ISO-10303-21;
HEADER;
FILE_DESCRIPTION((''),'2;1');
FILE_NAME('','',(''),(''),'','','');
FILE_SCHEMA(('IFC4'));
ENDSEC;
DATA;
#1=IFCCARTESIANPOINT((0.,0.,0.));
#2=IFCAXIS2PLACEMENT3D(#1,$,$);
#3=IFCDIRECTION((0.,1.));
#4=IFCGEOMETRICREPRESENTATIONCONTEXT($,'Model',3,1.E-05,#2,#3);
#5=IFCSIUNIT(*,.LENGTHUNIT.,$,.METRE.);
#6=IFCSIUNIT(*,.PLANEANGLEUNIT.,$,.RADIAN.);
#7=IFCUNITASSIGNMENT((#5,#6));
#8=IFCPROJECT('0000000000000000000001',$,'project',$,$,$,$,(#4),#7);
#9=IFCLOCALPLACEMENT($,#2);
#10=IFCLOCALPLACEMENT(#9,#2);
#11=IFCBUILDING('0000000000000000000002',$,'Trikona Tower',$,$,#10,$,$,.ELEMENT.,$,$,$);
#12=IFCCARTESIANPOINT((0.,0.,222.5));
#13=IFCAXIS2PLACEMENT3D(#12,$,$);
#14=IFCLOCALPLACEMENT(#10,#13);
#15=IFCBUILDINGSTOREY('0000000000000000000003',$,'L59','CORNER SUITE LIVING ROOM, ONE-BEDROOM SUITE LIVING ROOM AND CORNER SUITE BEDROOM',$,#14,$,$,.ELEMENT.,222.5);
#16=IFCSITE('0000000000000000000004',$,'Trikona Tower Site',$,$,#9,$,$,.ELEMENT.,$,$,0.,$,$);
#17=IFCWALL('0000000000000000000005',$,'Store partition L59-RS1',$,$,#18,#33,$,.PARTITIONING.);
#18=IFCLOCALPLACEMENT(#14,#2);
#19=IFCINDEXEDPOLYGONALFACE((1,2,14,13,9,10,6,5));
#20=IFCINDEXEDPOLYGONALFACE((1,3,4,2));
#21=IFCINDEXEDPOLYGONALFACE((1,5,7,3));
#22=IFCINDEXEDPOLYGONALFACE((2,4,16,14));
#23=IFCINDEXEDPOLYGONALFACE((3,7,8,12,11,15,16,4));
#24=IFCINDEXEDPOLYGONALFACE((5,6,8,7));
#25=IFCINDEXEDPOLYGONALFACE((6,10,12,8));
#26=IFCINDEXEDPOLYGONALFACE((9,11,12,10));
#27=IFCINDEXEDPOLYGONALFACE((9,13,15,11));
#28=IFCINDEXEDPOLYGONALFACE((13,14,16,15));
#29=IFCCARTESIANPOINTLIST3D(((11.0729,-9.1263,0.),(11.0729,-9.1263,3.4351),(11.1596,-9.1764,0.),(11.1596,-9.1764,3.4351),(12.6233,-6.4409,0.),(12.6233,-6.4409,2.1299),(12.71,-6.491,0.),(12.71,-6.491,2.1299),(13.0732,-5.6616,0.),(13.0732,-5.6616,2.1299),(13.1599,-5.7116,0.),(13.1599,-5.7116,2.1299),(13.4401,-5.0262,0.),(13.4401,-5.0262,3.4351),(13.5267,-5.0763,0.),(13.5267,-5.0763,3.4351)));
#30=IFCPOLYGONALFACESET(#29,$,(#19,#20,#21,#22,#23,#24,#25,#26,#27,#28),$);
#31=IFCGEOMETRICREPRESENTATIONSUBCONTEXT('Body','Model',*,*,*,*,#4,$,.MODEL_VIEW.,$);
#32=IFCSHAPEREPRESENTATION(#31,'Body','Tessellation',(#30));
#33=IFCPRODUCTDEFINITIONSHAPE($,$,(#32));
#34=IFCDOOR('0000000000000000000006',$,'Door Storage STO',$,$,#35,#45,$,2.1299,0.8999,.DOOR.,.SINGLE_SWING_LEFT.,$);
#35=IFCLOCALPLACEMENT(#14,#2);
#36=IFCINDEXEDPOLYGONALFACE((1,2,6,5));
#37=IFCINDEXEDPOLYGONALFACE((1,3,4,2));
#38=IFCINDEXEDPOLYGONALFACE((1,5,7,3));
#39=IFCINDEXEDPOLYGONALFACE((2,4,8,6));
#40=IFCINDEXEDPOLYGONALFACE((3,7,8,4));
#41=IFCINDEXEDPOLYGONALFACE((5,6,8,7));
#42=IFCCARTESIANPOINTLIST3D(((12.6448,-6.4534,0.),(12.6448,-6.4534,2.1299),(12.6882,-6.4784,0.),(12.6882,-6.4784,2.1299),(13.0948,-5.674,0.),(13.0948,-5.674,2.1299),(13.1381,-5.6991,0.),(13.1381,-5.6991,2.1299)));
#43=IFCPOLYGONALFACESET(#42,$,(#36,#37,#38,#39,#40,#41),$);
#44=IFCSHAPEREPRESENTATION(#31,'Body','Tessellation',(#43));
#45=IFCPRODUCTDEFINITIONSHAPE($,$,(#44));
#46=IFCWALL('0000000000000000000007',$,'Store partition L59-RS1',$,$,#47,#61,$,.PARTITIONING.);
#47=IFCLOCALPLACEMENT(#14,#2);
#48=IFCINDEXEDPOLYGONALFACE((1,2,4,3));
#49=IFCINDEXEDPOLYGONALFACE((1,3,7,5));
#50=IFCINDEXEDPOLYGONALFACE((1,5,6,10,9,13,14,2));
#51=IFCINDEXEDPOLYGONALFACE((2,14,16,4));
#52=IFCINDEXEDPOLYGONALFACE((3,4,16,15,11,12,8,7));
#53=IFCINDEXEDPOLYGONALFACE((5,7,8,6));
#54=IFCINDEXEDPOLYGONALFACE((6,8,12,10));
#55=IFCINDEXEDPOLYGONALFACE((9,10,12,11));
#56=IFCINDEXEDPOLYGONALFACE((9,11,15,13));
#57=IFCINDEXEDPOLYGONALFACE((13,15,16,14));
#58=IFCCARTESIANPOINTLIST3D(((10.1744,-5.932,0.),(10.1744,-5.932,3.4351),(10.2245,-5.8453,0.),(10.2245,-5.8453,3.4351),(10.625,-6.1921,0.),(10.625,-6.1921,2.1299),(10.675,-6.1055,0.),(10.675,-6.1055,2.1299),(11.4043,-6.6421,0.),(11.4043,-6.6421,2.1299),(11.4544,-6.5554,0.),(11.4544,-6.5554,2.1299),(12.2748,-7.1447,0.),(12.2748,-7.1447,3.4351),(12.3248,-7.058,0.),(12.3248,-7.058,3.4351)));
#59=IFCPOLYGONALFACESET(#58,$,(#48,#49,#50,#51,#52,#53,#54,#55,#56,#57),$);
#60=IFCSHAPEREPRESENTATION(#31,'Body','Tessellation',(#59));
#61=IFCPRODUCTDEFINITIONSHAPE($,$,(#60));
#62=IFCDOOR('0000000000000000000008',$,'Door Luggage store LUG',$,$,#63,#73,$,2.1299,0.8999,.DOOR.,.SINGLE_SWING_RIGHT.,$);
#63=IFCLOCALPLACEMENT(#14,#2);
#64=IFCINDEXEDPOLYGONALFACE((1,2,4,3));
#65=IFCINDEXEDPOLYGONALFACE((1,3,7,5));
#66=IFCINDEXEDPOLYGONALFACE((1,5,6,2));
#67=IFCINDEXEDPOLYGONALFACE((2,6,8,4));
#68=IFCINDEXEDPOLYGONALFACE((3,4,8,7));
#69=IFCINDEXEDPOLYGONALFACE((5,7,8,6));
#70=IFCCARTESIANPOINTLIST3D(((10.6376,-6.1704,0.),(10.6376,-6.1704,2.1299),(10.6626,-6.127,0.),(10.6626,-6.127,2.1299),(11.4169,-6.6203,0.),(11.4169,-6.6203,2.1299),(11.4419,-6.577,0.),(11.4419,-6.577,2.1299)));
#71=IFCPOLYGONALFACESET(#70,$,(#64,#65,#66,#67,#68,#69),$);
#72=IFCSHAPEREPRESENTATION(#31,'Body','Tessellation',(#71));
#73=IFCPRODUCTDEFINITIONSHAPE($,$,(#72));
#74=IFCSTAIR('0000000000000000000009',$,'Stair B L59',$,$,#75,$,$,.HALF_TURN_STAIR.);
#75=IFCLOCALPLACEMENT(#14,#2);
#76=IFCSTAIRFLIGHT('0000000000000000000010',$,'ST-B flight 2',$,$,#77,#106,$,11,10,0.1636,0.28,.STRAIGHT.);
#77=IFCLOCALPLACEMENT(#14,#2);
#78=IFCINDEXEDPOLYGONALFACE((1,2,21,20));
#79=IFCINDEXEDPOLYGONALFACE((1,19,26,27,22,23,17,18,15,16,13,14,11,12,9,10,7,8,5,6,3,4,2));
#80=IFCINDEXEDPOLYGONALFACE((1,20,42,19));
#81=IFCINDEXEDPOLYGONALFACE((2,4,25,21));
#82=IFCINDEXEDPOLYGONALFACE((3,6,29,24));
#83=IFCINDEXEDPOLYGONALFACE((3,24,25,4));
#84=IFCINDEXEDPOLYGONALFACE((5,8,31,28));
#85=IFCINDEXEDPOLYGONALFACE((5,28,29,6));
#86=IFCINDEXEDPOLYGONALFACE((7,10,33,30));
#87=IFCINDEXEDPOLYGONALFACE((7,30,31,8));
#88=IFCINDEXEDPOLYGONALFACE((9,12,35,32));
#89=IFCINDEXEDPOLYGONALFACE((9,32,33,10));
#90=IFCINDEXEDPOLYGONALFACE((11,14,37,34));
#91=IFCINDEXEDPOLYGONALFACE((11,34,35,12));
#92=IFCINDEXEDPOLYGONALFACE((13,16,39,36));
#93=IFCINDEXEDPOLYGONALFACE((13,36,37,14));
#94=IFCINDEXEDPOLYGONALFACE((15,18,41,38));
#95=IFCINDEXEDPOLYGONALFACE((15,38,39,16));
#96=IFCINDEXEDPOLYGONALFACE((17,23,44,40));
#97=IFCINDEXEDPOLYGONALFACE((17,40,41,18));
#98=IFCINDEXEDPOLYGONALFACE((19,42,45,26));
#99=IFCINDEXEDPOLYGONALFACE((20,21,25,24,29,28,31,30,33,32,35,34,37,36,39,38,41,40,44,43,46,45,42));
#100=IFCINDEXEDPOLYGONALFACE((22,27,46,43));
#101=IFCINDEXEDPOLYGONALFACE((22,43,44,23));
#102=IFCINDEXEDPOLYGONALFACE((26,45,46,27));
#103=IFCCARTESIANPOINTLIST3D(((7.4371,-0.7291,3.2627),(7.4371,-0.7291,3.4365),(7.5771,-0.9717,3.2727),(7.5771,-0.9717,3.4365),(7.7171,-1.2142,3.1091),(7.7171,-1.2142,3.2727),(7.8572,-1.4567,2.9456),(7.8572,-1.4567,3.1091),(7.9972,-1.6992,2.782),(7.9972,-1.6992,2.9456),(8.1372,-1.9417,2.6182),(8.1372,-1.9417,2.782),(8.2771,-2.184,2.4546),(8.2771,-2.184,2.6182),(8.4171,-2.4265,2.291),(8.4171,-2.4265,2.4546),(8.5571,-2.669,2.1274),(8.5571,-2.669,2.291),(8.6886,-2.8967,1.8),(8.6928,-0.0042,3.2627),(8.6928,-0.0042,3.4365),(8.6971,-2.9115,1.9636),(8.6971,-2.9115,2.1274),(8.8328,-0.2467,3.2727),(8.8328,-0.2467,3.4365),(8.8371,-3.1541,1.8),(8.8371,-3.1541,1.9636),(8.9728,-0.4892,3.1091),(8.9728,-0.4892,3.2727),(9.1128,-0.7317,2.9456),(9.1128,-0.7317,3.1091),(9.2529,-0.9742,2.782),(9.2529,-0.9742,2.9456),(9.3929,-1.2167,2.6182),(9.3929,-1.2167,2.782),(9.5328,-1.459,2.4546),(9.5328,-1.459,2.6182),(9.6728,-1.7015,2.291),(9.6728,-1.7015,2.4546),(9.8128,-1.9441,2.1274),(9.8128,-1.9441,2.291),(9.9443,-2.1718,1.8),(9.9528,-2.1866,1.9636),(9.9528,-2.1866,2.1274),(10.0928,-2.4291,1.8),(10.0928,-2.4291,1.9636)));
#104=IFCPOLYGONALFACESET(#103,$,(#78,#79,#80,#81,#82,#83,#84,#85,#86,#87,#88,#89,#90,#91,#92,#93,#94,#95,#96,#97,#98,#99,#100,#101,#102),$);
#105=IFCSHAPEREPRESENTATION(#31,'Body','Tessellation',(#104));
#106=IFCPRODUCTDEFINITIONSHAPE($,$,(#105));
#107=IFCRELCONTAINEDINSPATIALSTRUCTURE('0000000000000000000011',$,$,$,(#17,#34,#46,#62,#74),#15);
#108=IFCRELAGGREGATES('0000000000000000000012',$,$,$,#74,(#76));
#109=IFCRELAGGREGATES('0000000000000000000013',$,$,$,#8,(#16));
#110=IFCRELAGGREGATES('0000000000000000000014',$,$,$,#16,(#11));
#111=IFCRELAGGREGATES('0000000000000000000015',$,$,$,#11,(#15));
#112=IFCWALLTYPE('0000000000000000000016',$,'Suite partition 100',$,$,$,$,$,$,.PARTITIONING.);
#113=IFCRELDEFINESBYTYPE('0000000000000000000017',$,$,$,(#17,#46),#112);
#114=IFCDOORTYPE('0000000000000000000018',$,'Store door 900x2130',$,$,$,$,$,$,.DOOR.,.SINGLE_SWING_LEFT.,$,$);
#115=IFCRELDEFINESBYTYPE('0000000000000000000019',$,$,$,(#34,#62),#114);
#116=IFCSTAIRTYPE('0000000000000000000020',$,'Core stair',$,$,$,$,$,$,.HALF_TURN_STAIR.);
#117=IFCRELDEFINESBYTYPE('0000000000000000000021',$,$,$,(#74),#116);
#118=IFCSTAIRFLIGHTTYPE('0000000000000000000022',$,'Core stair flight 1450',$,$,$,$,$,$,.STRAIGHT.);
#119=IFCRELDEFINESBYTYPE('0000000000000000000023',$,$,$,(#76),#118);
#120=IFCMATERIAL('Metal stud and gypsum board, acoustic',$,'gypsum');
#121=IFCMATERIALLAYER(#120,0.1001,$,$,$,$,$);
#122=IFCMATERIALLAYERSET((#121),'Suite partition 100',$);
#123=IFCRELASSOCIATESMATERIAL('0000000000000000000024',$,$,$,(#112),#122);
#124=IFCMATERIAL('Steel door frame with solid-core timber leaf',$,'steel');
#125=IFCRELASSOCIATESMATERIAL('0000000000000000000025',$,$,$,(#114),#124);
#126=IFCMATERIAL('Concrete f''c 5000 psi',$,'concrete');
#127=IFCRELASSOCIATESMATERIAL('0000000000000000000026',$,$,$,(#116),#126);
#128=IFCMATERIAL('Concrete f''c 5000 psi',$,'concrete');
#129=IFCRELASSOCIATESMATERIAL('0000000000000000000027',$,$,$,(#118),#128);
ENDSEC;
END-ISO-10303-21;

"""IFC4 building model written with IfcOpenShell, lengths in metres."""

from ifc_helpers import new_model, si_unit, direction, frame, frame_2d, origin, place, context, subcontext, project, spatial, polyline, rectangle, outline, extrude, material, layer, layer_set, type_object, element, fill, aggregate, save


model = new_model("IFC4")

# Units and contexts
model_context = context("Model", 3, precision=1e-05, world=origin(), true_north=direction((0.0, 1.0)))
body_context = subcontext(model_context, "Body", "Model", "MODEL_VIEW")
ifc_project = project(units=[si_unit("LENGTHUNIT", "METRE"), si_unit("PLANEANGLEUNIT", "RADIAN")], contexts=[model_context])

# Site, building, storey
site_placement = place(None, origin())
site = spatial("IfcSite", under=ifc_project, at=site_placement, Name="Trikona Tower Site", CompositionType="ELEMENT", RefElevation=0.0)
building_placement = place(site_placement, origin())
building = spatial("IfcBuilding", under=site, at=building_placement, Name="Trikona Tower", CompositionType="ELEMENT")
storey_placement = place(building_placement, frame((0.0, 0.0, 222.5)))
storey = spatial("IfcBuildingStorey", under=building, at=storey_placement, Name="L59", Description="CORNER SUITE LIVING ROOM, ONE-BEDROOM SUITE LIVING ROOM AND CORNER SUITE BEDROOM", CompositionType="ELEMENT", Elevation=222.5)

# Walls, openings, doors
ifc_material_1 = material(Name="Metal stud and gypsum board, acoustic", Category="gypsum")
ifc_layer_1 = layer(ifc_material_1, 0.1001)
ifc_layer_set_1 = layer_set([ifc_layer_1], Name="Suite partition 100")
wall_type_1 = type_object("IfcWallType", Name="Suite partition 100", PredefinedType="PARTITIONING", material=ifc_layer_set_1)
wall_1_placement = place(storey_placement, frame((13.4834, -5.0513, 0.0), z_axis=(0.0, 0.0, 1.0), x_axis=(-0.499999, -0.866026, 0.0)))
wall_1 = element("IfcWall", 1, at=wall_1_placement, inside=storey, type_object=wall_type_1, Name="Store partition L59-RS1", PredefinedType="PARTITIONING", context=body_context, shape_type="SweptSolid", body=[
    extrude(rectangle(XDim=4.7344, YDim=0.1001, at=frame_2d((2.3672, 0.0))), origin(), (0.0, 0.0, 1.0), 3.4351),
])
opening_1_placement = place(wall_1_placement, frame((0.7336, 0.0, 0.0)))
opening_1 = element("IfcOpeningElement", 2, at=opening_1_placement, cuts=wall_1, PredefinedType="OPENING", context=body_context, shape_type="SweptSolid", body=[
    extrude(rectangle(XDim=0.8999, YDim=2.1299, at=frame_2d((0.45, 1.0649))), frame((0.0, 0.0601, 0.0), z_axis=(0.0, -1.0, 0.0), x_axis=(1.0, 0.0, 0.0)), (0.0, 0.0, 1.0), 0.1201),
])
ifc_material_2 = material(Name="Steel door frame with solid-core timber leaf", Category="steel")
door_type_1 = type_object("IfcDoorType", Name="Store door 900x2130", OperationType="SINGLE_SWING_LEFT", PredefinedType="DOOR", material=ifc_material_2)
door_1_placement = place(opening_1_placement, origin())
door_1 = element("IfcDoor", 3, at=door_1_placement, inside=storey, type_object=door_type_1, Name="Door Storage STO", OperationType="SINGLE_SWING_LEFT", OverallHeight=2.1299, OverallWidth=0.8999, PredefinedType="DOOR", context=body_context, shape_type="SweptSolid", body=[
    extrude(rectangle(XDim=0.8999, YDim=2.1299, at=frame_2d((0.45, 1.0649))), frame((0.0, 0.0249, 0.0), z_axis=(0.0, -1.0, 0.0), x_axis=(1.0, 0.0, 0.0)), (0.0, 0.0, 1.0), 0.05),
])
fill(opening_1, door_1)
wall_2_placement = place(storey_placement, frame((12.2998, -7.1013, 0.0), z_axis=(0.0, 0.0, 1.0), x_axis=(-0.866023, 0.500004, 0.0)))
wall_2 = element("IfcWall", 4, at=wall_2_placement, inside=storey, type_object=wall_type_1, Name="Store partition L59-RS1", PredefinedType="PARTITIONING", context=body_context, shape_type="SweptSolid", body=[
    extrude(rectangle(XDim=2.4253, YDim=0.1001, at=frame_2d((1.2126, 0.0))), origin(), (0.0, 0.0, 1.0), 3.4351),
])
opening_2_placement = place(wall_2_placement, frame((1.0051, 0.0, 0.0)))
opening_2 = element("IfcOpeningElement", 5, at=opening_2_placement, cuts=wall_2, PredefinedType="OPENING", context=body_context, shape_type="SweptSolid", body=[
    extrude(rectangle(XDim=0.8999, YDim=2.1299, at=frame_2d((0.45, 1.0649))), frame((0.0, 0.0601, 0.0), z_axis=(0.0, -1.0, 0.0), x_axis=(1.0, 0.0, 0.0)), (0.0, 0.0, 1.0), 0.1201),
])
door_2_placement = place(opening_2_placement, origin())
door_2 = element("IfcDoor", 6, at=door_2_placement, inside=storey, type_object=door_type_1, Name="Door Luggage store LUG", OperationType="SINGLE_SWING_RIGHT", OverallHeight=2.1299, OverallWidth=0.8999, PredefinedType="DOOR", context=body_context, shape_type="SweptSolid", body=[
    extrude(rectangle(XDim=0.8999, YDim=2.1299, at=frame_2d((0.45, 1.0649))), frame((0.0, 0.0249, 0.0), z_axis=(0.0, -1.0, 0.0), x_axis=(1.0, 0.0, 0.0)), (0.0, 0.0, 1.0), 0.05),
])
fill(opening_2, door_2)

# Stair, stair flight
ifc_material_3 = material(Name="Concrete f'c 5000 psi", Category="concrete")
stair_type = type_object("IfcStairType", Name="Core stair", PredefinedType="HALF_TURN_STAIR", material=ifc_material_3)
stair_placement = place(storey_placement, origin())
stair = element("IfcStair", 7, at=stair_placement, inside=storey, type_object=stair_type, Name="Stair B L59", PredefinedType="HALF_TURN_STAIR")
ifc_material_4 = material(Name="Concrete f'c 5000 psi", Category="concrete")
stair_flight_type = type_object("IfcStairFlightType", Name="Core stair flight 1450", PredefinedType="STRAIGHT", material=ifc_material_4)
stair_flight_placement = place(storey_placement, frame((9.4651, -2.7915, 1.8), z_axis=(0.0, 0.0, 1.0), x_axis=(-0.5, 0.866025, 0.0)))
stair_flight = element("IfcStairFlight", 8, at=stair_flight_placement, type_object=stair_flight_type, Name="ST-B flight 2", NumberOfRisers=11, NumberOfTreads=10, PredefinedType="STRAIGHT", RiserHeight=0.1636, TreadLength=0.28, context=body_context, shape_type="SweptSolid", body=[
    extrude(outline(polyline([(0.0, 0.0), (0.0, 0.1636), (0.28, 0.1636), (0.28, 0.3274), (0.5601, 0.3274), (0.5601, 0.491), (0.8401, 0.491), (0.8401, 0.6545), (1.1201, 0.6545), (1.1201, 0.8181), (1.3999, 0.8181), (1.3999, 0.9819), (1.6799, 0.9819), (1.6799, 1.1455), (1.96, 1.1455), (1.96, 1.3091), (2.24, 1.3091), (2.24, 1.4727), (2.52, 1.4727), (2.52, 1.6365), (2.8, 1.6365), (2.8, 1.8), (2.8, 1.4626), (0.2971, 0.0), (0.0, 0.0)])), frame((0.0, 0.7251, 0.0), z_axis=(0.0, -1.0, 0.0), x_axis=(1.0, 0.0, 0.0)), (0.0, 0.0, 1.0), 1.45),
])
aggregate(stair, [stair_flight])

save(model, "model.ifc")
